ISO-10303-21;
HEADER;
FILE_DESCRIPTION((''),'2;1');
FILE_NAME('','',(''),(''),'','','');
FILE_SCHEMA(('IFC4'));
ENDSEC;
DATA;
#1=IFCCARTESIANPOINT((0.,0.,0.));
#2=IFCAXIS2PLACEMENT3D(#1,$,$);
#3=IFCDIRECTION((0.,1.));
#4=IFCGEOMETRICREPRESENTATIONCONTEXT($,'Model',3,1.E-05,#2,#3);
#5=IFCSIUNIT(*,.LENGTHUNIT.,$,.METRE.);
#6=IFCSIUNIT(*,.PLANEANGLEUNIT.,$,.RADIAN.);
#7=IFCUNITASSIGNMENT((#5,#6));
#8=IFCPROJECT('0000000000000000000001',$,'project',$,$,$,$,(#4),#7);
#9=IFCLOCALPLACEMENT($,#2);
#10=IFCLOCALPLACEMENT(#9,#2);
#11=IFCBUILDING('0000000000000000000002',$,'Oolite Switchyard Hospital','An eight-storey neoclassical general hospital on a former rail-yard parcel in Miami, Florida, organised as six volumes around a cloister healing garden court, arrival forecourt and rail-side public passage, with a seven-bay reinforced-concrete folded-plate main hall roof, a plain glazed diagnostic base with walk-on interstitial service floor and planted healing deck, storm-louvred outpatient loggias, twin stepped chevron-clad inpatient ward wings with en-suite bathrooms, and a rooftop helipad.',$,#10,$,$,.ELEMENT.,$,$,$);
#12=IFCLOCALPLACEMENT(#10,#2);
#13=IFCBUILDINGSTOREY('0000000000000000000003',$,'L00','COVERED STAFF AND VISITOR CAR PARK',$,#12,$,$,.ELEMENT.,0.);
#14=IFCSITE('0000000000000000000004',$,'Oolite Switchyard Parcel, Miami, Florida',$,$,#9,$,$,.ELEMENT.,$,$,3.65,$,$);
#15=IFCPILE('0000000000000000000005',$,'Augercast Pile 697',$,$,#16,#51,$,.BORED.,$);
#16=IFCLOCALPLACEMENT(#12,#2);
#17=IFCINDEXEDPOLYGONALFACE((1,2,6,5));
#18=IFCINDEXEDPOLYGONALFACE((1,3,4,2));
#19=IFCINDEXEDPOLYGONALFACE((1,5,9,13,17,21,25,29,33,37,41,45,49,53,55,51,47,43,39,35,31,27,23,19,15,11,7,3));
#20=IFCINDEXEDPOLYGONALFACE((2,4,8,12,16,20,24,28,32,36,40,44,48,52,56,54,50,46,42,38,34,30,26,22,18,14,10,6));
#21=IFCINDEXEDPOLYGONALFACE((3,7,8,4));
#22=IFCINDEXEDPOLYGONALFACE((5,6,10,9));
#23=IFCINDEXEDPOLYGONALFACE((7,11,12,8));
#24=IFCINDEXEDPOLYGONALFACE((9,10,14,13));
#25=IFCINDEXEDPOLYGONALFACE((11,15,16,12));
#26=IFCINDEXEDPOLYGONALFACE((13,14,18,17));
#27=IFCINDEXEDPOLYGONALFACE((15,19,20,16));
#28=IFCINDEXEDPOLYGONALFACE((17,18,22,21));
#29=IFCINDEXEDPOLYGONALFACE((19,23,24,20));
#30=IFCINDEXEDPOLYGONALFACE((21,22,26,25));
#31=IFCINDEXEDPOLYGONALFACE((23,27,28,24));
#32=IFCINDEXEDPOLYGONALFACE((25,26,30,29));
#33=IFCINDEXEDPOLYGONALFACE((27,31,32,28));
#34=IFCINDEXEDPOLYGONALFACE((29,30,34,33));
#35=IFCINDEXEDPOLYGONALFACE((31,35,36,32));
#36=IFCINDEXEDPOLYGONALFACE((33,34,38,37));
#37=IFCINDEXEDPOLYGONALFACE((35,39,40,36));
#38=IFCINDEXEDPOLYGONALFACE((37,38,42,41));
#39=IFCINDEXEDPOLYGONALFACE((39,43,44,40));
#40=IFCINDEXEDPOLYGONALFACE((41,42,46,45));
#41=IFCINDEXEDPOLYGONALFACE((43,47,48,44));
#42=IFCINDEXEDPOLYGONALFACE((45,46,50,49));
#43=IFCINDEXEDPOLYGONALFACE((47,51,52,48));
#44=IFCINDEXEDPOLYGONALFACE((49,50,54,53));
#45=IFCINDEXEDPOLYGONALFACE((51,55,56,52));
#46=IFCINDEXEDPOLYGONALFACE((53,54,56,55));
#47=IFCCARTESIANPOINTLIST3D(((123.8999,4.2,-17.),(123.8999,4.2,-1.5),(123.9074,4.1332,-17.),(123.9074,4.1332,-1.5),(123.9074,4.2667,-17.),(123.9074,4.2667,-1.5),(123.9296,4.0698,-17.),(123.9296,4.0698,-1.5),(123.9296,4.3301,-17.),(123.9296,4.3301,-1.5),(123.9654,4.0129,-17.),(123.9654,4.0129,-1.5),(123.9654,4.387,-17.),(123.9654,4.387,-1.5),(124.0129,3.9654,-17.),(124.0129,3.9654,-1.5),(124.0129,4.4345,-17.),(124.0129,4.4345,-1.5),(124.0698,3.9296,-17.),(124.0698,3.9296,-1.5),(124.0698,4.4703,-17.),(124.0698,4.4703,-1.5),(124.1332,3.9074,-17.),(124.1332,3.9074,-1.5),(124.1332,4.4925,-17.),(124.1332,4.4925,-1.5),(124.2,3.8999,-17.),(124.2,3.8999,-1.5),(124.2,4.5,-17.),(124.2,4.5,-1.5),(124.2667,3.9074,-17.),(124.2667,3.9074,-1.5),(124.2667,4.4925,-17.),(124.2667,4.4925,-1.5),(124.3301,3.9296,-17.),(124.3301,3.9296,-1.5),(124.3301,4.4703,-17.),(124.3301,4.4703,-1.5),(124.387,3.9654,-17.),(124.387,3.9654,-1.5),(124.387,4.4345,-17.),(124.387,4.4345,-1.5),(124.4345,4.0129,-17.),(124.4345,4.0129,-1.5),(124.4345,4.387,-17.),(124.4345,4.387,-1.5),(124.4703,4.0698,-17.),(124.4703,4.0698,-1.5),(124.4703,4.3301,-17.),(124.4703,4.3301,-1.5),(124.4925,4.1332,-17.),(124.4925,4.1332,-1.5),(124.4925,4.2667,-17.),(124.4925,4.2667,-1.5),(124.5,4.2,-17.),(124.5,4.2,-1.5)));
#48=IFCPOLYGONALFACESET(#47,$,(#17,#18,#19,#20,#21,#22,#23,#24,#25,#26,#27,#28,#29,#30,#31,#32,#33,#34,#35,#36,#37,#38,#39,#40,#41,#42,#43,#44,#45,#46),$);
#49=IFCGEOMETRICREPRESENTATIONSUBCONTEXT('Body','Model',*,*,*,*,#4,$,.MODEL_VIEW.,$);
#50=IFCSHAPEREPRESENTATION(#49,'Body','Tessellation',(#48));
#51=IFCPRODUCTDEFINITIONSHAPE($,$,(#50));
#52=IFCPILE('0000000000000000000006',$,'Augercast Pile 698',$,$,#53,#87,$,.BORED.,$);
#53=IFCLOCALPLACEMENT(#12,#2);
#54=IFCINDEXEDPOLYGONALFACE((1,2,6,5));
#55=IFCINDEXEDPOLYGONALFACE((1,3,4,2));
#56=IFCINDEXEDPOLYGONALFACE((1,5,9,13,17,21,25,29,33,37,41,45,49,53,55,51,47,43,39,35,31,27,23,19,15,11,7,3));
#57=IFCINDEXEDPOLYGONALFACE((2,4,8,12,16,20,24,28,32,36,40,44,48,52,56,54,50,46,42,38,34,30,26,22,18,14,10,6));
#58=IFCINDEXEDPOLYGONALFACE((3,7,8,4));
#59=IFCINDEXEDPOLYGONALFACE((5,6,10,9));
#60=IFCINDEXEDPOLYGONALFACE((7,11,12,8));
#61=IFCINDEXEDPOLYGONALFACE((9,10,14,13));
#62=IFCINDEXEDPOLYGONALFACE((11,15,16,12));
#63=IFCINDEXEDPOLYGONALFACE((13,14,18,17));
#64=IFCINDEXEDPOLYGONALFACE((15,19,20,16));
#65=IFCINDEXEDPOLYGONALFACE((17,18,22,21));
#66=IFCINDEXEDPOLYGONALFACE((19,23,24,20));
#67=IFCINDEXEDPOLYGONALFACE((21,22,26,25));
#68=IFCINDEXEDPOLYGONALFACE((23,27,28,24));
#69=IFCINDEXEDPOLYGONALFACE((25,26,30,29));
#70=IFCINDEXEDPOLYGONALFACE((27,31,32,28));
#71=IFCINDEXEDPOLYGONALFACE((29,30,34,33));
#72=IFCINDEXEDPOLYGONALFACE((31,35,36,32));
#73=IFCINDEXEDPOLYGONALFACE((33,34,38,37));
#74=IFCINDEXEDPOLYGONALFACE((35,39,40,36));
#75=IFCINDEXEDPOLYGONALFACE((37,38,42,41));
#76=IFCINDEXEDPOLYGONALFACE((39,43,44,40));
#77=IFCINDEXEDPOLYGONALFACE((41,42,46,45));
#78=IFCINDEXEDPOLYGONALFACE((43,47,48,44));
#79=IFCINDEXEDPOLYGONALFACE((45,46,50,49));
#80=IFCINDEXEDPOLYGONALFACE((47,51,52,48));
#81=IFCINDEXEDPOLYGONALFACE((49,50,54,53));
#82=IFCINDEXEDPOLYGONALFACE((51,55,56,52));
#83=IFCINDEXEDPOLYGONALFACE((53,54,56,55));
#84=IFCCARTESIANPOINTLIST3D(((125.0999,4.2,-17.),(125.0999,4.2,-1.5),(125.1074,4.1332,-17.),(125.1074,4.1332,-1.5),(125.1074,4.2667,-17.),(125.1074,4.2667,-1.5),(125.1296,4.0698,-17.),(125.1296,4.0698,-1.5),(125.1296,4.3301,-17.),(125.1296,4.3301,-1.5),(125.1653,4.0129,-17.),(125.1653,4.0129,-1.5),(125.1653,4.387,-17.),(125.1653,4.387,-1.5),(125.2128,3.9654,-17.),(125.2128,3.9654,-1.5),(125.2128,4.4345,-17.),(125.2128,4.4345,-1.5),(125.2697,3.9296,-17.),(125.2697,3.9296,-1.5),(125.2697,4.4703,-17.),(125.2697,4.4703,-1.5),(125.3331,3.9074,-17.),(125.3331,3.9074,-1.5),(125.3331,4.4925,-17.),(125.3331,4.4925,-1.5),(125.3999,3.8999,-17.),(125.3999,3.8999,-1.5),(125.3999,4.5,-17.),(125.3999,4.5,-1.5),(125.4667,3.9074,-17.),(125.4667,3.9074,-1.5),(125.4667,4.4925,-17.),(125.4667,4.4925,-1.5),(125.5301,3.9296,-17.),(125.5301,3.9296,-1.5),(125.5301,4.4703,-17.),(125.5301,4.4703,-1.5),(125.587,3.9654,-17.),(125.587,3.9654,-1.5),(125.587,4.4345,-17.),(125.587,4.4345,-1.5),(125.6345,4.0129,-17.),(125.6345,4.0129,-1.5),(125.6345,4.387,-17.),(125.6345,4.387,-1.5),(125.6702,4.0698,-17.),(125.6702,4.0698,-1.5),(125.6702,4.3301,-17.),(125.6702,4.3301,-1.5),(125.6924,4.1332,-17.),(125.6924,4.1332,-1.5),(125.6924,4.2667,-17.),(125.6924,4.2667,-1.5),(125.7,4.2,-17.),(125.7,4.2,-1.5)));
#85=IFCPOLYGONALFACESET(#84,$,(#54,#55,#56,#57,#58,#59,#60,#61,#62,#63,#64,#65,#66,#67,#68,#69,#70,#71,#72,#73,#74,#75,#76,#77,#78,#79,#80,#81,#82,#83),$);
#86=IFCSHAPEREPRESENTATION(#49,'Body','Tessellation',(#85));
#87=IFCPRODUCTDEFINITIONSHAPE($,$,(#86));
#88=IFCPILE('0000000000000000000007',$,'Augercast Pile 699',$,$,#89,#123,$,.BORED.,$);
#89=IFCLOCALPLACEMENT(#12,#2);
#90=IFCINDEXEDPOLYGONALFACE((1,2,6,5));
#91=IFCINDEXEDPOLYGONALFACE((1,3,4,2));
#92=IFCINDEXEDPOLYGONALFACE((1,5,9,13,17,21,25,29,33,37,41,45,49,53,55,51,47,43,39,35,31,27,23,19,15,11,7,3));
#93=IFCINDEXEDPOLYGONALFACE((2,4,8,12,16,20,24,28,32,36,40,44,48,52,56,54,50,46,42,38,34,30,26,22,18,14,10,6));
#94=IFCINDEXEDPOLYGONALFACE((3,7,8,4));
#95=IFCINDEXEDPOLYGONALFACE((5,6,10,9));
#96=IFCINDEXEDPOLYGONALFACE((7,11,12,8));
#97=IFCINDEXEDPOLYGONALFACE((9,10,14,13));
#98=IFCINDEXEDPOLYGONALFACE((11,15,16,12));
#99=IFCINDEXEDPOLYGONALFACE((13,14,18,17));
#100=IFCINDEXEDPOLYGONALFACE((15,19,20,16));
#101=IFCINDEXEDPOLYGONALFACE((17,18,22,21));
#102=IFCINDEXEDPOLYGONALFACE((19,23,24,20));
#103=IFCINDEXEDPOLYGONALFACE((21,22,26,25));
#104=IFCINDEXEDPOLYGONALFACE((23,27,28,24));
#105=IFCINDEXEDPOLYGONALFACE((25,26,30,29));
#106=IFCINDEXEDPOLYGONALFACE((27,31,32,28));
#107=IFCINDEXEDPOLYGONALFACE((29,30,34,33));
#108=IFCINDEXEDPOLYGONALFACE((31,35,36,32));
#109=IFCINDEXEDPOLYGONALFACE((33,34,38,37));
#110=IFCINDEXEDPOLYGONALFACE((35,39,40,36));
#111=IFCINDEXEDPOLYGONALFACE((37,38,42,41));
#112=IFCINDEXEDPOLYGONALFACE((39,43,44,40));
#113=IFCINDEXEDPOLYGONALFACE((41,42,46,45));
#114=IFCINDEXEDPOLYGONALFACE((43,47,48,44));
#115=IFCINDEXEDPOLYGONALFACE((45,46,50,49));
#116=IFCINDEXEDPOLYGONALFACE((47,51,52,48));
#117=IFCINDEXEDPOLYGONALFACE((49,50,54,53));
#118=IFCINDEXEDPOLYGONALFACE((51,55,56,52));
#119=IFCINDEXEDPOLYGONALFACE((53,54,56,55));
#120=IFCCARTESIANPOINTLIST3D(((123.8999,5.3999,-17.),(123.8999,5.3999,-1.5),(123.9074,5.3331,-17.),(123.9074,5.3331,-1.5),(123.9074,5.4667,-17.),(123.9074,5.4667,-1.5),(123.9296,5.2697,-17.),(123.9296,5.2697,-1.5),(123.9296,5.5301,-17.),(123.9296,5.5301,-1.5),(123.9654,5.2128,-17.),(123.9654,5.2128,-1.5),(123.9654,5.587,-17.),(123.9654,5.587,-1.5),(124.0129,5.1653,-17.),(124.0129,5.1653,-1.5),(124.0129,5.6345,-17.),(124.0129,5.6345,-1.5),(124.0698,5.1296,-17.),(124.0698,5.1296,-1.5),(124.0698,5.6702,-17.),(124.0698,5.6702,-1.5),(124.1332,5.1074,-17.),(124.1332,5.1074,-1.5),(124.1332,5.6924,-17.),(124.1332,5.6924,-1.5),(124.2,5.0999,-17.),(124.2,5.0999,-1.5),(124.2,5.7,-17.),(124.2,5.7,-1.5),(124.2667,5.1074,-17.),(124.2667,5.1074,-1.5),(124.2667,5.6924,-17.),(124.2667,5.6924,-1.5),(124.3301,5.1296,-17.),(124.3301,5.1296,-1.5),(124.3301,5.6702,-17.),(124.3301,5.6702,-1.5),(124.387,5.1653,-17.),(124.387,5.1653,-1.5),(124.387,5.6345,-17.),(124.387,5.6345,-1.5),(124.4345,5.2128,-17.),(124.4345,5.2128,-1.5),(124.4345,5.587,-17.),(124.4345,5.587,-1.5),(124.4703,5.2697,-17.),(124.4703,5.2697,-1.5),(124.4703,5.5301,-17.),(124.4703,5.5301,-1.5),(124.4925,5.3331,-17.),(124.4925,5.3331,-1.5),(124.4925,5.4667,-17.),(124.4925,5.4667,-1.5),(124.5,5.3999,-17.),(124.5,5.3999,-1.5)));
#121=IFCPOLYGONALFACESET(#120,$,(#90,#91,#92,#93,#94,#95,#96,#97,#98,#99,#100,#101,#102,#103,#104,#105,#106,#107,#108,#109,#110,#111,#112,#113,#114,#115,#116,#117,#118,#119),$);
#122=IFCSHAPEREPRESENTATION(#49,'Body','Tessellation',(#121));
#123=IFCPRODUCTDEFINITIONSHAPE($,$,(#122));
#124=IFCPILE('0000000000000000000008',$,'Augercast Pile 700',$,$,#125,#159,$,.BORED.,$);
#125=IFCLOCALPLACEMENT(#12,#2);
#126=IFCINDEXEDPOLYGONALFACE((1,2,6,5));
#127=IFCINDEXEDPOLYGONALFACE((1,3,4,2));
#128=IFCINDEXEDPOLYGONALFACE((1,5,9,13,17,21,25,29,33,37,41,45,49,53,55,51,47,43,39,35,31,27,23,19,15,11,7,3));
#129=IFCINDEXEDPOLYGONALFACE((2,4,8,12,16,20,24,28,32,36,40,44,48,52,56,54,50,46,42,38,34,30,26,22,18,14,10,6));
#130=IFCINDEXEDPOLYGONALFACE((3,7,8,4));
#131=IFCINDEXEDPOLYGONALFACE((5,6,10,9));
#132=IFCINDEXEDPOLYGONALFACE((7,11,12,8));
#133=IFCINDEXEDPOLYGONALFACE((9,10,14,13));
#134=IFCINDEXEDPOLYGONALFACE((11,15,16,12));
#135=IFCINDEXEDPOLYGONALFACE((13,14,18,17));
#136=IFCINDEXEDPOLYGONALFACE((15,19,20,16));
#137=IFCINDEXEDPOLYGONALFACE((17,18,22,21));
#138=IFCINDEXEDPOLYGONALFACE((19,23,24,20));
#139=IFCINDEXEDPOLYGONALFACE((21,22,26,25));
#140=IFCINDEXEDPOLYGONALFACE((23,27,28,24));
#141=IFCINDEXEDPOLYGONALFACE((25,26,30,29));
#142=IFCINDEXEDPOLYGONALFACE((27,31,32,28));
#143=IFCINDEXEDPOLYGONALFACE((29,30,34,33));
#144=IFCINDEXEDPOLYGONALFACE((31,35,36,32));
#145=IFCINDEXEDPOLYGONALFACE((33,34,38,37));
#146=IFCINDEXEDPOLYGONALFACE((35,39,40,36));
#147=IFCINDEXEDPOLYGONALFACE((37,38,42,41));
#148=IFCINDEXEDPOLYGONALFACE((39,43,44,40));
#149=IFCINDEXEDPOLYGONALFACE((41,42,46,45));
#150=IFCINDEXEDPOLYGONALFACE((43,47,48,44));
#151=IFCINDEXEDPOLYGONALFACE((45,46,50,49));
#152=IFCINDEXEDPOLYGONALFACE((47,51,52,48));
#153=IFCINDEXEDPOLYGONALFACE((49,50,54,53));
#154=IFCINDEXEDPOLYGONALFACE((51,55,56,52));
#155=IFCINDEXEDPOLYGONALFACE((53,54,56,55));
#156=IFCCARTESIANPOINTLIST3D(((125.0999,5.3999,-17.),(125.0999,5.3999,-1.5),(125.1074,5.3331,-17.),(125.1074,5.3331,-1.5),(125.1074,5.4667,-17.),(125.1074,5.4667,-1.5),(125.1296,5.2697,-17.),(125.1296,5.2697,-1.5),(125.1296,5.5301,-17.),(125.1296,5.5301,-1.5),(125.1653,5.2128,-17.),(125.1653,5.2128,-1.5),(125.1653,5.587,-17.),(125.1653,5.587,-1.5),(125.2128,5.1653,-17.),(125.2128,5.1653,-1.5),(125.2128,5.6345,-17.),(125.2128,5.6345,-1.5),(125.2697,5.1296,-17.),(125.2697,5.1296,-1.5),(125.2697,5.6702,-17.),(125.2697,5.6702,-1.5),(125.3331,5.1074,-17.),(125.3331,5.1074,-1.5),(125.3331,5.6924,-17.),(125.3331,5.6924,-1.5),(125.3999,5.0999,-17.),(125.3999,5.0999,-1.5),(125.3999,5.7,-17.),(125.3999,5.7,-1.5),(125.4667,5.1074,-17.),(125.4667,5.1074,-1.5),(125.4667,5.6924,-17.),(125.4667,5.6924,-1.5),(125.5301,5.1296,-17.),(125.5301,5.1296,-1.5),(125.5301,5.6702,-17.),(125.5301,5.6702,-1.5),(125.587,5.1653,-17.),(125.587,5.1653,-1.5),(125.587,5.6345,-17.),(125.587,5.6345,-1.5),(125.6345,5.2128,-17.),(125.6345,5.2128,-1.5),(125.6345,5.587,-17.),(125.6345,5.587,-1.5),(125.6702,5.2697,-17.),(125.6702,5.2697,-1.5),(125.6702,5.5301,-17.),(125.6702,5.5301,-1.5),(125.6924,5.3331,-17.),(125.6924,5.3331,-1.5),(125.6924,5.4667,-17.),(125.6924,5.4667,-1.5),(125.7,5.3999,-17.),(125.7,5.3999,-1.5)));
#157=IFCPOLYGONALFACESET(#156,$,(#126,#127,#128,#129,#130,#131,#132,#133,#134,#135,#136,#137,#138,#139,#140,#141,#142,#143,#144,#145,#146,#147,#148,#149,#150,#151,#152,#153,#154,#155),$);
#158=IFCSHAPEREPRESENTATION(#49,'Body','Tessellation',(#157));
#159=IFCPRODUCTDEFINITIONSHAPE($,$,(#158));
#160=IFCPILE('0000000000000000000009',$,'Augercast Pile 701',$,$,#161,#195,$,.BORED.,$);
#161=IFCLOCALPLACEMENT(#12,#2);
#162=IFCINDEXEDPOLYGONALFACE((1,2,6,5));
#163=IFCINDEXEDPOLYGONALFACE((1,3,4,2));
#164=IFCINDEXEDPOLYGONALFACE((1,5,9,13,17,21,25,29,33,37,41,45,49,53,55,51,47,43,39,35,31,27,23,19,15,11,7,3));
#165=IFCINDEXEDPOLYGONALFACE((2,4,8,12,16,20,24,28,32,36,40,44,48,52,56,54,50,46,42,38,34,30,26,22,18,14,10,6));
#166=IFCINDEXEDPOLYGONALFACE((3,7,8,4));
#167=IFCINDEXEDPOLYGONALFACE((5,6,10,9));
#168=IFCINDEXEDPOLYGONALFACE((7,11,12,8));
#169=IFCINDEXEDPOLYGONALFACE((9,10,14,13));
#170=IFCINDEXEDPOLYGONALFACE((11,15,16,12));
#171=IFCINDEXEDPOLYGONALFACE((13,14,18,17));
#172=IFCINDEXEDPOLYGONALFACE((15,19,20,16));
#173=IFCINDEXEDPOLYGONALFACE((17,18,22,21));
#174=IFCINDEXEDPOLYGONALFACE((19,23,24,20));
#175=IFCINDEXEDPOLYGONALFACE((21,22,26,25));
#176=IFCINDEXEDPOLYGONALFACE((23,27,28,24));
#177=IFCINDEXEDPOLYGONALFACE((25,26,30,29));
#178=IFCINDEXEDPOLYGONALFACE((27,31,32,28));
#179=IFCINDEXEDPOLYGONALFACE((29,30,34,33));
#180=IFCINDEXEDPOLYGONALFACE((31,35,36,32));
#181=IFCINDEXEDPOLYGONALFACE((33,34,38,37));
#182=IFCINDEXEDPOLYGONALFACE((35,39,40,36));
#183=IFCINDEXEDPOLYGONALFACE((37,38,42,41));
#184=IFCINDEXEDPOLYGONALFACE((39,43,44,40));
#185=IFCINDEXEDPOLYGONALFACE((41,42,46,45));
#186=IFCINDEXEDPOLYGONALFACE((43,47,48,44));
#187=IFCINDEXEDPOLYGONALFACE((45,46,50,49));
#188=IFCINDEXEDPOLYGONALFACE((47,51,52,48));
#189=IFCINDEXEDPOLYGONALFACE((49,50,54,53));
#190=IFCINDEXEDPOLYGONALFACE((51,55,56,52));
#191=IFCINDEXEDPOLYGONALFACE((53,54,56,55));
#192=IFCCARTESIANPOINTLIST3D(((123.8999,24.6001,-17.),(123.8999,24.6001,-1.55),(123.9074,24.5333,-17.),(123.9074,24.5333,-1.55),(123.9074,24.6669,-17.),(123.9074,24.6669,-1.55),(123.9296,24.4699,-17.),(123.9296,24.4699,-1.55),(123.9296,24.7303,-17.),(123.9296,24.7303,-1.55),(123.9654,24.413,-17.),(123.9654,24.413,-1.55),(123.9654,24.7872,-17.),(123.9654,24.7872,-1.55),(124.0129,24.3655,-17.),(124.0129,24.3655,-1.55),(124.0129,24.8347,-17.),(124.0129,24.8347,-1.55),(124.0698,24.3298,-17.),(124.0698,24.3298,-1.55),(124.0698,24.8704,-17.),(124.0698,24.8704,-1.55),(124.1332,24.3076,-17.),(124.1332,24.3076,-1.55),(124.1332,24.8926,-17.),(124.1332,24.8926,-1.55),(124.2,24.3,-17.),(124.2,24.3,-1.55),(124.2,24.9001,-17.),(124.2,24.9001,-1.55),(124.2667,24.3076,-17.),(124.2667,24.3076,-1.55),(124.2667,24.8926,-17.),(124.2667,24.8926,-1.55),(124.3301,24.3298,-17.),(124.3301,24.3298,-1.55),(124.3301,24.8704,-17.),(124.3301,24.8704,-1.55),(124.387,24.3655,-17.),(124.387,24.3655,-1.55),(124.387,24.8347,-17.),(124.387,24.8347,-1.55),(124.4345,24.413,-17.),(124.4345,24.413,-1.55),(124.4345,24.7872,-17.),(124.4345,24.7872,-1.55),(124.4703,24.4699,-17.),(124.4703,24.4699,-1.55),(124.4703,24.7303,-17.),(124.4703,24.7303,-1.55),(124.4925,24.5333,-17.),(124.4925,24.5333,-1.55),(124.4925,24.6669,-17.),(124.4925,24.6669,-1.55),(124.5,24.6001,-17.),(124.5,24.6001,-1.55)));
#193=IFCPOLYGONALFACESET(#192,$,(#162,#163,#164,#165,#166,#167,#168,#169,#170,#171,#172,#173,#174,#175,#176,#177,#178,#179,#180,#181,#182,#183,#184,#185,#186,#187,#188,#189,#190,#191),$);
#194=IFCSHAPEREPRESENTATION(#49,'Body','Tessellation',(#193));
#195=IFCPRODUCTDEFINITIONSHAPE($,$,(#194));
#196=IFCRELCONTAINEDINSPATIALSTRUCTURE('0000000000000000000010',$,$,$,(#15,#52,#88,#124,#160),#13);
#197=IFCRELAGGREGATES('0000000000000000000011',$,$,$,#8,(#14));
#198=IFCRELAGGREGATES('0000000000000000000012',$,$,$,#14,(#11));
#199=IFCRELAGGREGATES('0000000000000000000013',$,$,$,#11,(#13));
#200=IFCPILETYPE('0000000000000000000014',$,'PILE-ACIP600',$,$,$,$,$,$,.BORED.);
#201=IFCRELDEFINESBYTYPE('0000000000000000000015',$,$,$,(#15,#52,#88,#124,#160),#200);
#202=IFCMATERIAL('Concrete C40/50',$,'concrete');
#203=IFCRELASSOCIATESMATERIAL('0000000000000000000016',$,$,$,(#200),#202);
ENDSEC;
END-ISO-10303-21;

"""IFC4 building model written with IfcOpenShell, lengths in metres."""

from ifc_helpers import new_model, si_unit, direction, frame, origin, origin_2d, place, context, subcontext, project, spatial, circle, extrude, material, material_profile, profile_set, type_object, element, save


model = new_model("IFC4")

# Units and contexts
model_context = context("Model", 3, precision=1e-05, world=origin(), true_north=direction((0.0, 1.0)))
body_context = subcontext(model_context, "Body", "Model", "MODEL_VIEW")
ifc_project = project(units=[si_unit("LENGTHUNIT", "METRE"), si_unit("PLANEANGLEUNIT", "RADIAN")], contexts=[model_context])

# Site, building, storey
site_placement = place(None, origin())
site = spatial("IfcSite", under=ifc_project, at=site_placement, Name="Oolite Switchyard Parcel, Miami, Florida", CompositionType="ELEMENT", RefElevation=3.65)
building_placement = place(site_placement, origin())
building = spatial("IfcBuilding", under=site, at=building_placement, Name="Oolite Switchyard Hospital", Description="An eight-storey neoclassical general hospital on a former rail-yard parcel in Miami, Florida, organised as six volumes around a cloister healing garden court, arrival forecourt and rail-side public passage, with a seven-bay reinforced-concrete folded-plate main hall roof, a plain glazed diagnostic base with walk-on interstitial service floor and planted healing deck, storm-louvred outpatient loggias, twin stepped chevron-clad inpatient ward wings with en-suite bathrooms, and a rooftop helipad.", CompositionType="ELEMENT")
storey_placement = place(building_placement, origin())
storey = spatial("IfcBuildingStorey", under=building, at=storey_placement, Name="L00", Description="COVERED STAFF AND VISITOR CAR PARK", CompositionType="ELEMENT", Elevation=0.0)

# Shared definitions
ifc_material_1 = material(Name="Concrete C40/50", Category="concrete")

# Piles
ifc_material_profile_1 = material_profile(ifc_material_1, circle(Radius=0.3, at=origin_2d()), Name="PILE600")
ifc_profile_set_1 = profile_set([ifc_material_profile_1], Name="Concrete C40/50")
pile_type_1 = type_object("IfcPileType", Name="PILE-ACIP600", PredefinedType="BORED", material=ifc_profile_set_1)
for number, where, z_axis, x_axis, name in (
    (1, (124.2, 4.2, -1.5), (0.0, 0.0, -1.0), (1.0, 0.0, 0.0), "Augercast Pile 697"),
    (2, (125.3999, 4.2, -1.5), (0.0, 0.0, -1.0), (1.0, 0.0, 0.0), "Augercast Pile 698"),
    (3, (124.2, 5.3999, -1.5), (0.0, 0.0, -1.0), (1.0, 0.0, 0.0), "Augercast Pile 699"),
    (4, (125.3999, 5.3999, -1.5), (0.0, 0.0, -1.0), (1.0, 0.0, 0.0), "Augercast Pile 700"),
):
    element("IfcPile", number, at=place(storey_placement, frame(where, z_axis=z_axis, x_axis=x_axis)), inside=storey, type_object=pile_type_1, Name=name, PredefinedType="BORED", context=body_context, shape_type="SweptSolid", body=[
        extrude(circle(Radius=0.3, at=origin_2d()), origin(), (0.0, 0.0, 1.0), 15.5),
    ])
for number, where, z_axis, x_axis, name in (
    (5, (124.2, 24.6001, -1.55), (0.0, 0.0, -1.0), (1.0, 0.0, 0.0), "Augercast Pile 701"),
):
    element("IfcPile", number, at=place(storey_placement, frame(where, z_axis=z_axis, x_axis=x_axis)), inside=storey, type_object=pile_type_1, Name=name, PredefinedType="BORED", context=body_context, shape_type="SweptSolid", body=[
        extrude(circle(Radius=0.3, at=origin_2d()), origin(), (0.0, 0.0, 1.0), 15.45),
    ])

save(model, "model.ifc")
